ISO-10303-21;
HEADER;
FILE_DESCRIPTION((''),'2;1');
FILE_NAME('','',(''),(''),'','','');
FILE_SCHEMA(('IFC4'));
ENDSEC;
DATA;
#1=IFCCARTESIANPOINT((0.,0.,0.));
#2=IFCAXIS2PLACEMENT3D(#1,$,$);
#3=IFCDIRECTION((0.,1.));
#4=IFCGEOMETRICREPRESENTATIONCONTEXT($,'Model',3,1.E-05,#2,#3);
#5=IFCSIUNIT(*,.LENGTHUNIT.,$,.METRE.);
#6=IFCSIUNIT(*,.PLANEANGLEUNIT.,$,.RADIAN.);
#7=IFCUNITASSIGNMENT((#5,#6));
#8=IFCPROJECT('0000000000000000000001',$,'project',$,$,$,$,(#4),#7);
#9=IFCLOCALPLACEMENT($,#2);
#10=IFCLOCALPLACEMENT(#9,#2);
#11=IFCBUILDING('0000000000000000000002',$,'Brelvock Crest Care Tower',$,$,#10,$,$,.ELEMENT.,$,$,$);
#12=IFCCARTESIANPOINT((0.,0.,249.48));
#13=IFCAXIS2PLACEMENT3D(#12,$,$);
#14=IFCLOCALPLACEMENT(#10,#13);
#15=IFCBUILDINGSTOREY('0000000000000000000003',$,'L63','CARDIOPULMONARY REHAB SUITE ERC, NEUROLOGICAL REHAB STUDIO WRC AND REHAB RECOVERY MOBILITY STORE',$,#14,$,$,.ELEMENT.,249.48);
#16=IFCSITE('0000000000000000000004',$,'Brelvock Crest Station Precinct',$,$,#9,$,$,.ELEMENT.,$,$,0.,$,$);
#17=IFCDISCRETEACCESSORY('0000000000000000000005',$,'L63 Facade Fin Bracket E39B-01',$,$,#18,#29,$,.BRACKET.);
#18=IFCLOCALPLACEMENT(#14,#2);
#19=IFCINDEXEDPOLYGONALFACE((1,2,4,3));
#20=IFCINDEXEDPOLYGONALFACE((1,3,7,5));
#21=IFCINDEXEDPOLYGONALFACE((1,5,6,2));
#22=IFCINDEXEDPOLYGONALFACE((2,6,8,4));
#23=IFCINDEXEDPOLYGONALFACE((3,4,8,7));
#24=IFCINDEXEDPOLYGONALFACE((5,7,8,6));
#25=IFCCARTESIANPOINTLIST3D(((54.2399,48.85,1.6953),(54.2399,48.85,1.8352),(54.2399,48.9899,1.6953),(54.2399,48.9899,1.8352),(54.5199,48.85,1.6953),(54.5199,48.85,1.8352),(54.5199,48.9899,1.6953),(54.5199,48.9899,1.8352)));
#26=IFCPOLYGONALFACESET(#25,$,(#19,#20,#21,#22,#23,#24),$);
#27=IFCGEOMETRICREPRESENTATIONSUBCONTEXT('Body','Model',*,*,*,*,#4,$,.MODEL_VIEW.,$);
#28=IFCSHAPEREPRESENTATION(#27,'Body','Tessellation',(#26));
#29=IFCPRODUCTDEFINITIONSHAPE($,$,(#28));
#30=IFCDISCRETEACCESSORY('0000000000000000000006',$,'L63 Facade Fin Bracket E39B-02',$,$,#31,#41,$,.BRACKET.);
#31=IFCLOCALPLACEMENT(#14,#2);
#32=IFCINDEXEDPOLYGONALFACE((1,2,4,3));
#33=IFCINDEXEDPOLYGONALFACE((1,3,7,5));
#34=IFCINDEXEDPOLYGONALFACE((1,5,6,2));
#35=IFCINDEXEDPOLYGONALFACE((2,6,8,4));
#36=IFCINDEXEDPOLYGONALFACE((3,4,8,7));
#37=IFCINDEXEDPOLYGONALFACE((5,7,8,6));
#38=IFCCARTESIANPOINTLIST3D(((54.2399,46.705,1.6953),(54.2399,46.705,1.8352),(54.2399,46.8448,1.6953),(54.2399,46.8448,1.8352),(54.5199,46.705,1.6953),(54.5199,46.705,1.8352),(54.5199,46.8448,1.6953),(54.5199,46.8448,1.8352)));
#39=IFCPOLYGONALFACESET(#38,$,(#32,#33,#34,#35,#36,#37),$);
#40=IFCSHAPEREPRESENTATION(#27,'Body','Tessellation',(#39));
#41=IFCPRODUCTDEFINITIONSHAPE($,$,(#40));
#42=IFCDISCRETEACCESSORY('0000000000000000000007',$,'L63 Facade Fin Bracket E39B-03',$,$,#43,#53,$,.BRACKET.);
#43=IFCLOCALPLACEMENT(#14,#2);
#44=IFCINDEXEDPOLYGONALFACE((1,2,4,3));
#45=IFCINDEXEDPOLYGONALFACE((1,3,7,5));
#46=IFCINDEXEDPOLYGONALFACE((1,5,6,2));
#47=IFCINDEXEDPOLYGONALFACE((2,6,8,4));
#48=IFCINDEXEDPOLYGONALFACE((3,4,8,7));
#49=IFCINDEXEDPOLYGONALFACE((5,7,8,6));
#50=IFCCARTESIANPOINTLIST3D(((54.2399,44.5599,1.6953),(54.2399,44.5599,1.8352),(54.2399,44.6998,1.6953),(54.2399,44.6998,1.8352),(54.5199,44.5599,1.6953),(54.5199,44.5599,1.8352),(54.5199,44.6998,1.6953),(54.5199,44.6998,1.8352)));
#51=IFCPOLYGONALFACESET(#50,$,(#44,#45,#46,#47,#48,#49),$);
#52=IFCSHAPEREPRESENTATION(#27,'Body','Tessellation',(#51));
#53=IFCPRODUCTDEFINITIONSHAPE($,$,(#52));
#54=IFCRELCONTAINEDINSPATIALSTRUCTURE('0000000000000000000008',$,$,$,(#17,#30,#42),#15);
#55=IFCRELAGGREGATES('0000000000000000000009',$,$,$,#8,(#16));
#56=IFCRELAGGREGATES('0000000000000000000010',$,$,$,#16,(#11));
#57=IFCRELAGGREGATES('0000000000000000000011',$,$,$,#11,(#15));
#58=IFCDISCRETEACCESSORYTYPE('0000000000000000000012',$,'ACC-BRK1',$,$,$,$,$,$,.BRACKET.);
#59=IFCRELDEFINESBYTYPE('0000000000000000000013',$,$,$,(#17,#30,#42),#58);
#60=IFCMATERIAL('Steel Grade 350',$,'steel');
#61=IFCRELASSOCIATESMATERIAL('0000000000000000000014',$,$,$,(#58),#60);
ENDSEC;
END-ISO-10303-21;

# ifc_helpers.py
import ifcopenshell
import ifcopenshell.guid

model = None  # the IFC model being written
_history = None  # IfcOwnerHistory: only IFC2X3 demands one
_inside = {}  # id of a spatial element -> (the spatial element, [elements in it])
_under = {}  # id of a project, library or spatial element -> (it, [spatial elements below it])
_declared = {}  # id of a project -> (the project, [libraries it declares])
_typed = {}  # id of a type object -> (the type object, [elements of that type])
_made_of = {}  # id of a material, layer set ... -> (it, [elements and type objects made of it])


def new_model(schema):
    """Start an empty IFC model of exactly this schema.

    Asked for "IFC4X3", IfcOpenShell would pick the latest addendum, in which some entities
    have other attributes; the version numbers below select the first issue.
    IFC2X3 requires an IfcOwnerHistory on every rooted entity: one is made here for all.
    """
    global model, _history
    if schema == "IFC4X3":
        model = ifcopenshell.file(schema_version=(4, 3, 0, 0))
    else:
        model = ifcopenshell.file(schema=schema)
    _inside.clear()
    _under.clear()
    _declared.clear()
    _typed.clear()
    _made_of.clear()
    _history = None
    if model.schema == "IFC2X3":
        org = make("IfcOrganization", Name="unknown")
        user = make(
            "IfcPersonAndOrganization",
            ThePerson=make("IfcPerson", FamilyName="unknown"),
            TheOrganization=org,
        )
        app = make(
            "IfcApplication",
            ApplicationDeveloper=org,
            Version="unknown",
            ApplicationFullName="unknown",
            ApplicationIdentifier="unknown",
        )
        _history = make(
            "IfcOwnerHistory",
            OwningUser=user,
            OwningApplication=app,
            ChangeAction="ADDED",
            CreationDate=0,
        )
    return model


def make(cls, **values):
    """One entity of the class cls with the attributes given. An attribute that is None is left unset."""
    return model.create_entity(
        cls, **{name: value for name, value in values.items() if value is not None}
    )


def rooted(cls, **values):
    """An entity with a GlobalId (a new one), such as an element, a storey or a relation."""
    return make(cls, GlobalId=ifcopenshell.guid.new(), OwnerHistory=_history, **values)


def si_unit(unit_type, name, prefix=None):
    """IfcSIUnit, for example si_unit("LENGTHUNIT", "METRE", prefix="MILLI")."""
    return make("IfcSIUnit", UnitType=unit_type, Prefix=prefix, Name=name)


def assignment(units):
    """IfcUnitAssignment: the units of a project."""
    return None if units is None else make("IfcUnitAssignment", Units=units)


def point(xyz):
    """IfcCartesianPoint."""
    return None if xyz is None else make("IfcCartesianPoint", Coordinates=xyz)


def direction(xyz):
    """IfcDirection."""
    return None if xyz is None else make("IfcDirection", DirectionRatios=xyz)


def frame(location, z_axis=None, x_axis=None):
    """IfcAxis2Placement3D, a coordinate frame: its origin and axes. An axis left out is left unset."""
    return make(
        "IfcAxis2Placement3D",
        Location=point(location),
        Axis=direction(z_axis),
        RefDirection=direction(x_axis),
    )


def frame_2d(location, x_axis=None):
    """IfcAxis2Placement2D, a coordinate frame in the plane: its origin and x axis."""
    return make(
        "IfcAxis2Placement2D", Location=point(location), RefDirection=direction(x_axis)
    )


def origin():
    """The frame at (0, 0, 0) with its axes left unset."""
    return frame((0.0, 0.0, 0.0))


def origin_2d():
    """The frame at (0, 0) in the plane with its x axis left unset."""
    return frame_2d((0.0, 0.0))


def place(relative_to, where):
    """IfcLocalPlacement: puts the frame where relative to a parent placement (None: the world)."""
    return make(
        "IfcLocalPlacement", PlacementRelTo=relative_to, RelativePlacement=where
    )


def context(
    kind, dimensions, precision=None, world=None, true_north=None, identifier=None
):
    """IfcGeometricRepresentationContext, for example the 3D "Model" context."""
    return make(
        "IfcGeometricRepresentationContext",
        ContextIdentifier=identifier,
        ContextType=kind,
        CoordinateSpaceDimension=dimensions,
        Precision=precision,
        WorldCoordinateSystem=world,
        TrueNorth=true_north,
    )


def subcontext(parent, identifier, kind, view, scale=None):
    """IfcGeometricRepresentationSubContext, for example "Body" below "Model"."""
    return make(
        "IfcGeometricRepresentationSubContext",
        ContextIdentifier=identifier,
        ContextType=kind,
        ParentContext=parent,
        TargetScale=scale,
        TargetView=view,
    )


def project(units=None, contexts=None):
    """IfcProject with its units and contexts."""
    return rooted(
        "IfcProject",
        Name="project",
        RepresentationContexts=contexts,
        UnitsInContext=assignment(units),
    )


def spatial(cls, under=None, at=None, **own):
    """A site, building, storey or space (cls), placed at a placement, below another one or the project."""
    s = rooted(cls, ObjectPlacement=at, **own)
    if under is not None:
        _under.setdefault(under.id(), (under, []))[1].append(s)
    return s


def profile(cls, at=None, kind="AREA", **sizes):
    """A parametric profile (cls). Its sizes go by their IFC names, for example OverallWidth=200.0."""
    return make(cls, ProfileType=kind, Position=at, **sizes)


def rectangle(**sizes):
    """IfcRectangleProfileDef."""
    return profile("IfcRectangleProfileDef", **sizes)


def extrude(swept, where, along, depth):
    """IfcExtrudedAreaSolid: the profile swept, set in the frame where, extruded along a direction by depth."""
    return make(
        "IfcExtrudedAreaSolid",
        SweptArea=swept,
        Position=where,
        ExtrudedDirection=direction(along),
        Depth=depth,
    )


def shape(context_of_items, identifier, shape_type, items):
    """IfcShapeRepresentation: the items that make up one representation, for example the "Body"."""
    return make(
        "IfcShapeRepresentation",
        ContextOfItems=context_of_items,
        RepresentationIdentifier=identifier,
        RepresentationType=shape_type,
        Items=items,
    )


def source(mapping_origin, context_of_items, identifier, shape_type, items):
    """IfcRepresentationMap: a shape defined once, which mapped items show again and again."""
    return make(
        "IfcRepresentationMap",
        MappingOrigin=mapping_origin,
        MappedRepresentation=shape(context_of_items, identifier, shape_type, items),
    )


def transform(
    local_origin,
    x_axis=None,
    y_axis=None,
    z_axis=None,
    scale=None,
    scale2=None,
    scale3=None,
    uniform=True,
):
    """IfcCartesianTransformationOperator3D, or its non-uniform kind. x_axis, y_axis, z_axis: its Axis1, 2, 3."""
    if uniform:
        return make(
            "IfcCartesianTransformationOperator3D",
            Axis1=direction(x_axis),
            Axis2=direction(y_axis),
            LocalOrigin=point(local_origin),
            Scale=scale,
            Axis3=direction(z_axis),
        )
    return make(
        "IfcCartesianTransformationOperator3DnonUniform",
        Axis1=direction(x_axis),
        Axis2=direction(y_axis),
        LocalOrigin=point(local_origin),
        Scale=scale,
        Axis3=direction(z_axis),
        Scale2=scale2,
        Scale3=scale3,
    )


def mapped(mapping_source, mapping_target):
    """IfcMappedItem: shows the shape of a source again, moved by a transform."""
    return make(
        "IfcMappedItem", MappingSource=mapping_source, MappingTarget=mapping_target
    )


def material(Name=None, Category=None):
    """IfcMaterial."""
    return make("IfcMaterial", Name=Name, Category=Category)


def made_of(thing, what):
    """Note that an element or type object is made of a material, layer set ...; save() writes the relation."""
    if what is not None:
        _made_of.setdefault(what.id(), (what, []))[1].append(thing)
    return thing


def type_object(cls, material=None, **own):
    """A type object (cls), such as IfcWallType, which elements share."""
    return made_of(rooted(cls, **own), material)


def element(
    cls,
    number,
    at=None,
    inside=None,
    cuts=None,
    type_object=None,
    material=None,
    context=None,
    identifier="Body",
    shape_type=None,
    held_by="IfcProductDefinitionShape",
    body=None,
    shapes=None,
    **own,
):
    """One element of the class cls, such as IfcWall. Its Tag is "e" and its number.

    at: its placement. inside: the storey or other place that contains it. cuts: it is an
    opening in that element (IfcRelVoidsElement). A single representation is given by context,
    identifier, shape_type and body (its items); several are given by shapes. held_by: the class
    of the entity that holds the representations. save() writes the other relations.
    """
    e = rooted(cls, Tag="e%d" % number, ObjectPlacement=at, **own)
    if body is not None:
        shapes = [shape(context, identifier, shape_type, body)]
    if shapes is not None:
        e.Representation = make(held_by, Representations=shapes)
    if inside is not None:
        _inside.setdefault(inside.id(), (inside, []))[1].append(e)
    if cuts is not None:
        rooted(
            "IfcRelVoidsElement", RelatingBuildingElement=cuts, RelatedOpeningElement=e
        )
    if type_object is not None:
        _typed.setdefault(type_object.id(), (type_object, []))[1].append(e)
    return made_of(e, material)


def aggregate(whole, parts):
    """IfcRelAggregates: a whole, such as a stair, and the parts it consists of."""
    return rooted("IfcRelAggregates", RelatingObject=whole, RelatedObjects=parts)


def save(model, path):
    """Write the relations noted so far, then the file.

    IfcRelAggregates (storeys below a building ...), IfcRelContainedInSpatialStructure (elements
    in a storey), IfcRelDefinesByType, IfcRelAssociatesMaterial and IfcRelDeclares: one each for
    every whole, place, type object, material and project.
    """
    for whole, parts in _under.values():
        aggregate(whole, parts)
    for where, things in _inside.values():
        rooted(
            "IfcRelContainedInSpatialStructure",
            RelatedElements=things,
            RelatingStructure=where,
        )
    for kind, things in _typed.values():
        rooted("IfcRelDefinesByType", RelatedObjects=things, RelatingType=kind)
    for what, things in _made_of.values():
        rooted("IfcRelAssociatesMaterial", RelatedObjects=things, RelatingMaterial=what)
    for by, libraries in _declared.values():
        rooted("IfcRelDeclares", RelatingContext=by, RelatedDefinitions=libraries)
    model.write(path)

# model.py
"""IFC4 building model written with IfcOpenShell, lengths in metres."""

from ifc_helpers import new_model, si_unit, direction, frame, origin, origin_2d, place, context, subcontext, project, spatial, rectangle, extrude, source, transform, mapped, material, type_object, element, save


model = new_model("IFC4")

# Units and contexts
model_context = context("Model", 3, precision=1e-05, world=origin(), true_north=direction((0.0, 1.0)))
body_context = subcontext(model_context, "Body", "Model", "MODEL_VIEW")
ifc_project = project(units=[si_unit("LENGTHUNIT", "METRE"), si_unit("PLANEANGLEUNIT", "RADIAN")], contexts=[model_context])

# Site, building, storey
site_placement = place(None, origin())
site = spatial("IfcSite", under=ifc_project, at=site_placement, Name="Brelvock Crest Station Precinct", CompositionType="ELEMENT", RefElevation=0.0)
building_placement = place(site_placement, origin())
building = spatial("IfcBuilding", under=site, at=building_placement, Name="Brelvock Crest Care Tower", CompositionType="ELEMENT")
storey_placement = place(building_placement, frame((0.0, 0.0, 249.48)))
storey = spatial("IfcBuildingStorey", under=building, at=storey_placement, Name="L63", Description="CARDIOPULMONARY REHAB SUITE ERC, NEUROLOGICAL REHAB STUDIO WRC AND REHAB RECOVERY MOBILITY STORE", CompositionType="ELEMENT", Elevation=249.48)

# Shared definitions
ifc_material_1 = material(Name="Steel Grade 350", Category="steel")

# Discrete accessories
discrete_accessory_type = type_object("IfcDiscreteAccessoryType", Name="ACC-BRK1", PredefinedType="BRACKET", material=ifc_material_1)
shared_shape_1 = source(origin(), body_context, "Body", "SweptSolid", [
    extrude(rectangle(XDim=0.28, YDim=0.1399, at=origin_2d()), origin(), (0.0, 0.0, 1.0), 0.1399),
])
for number, where, z_axis, x_axis, name in (
    (1, (54.3799, 48.9199, 1.6953), (0.0, 0.0, 1.0), (1.0, 0.0, 0.0), "L63 Facade Fin Bracket E39B-01"),
    (2, (54.3799, 46.7749, 1.6953), (0.0, 0.0, 1.0), (1.0, 0.0, 0.0), "L63 Facade Fin Bracket E39B-02"),
    (3, (54.3799, 44.6299, 1.6953), (0.0, 0.0, 1.0), (1.0, 0.0, 0.0), "L63 Facade Fin Bracket E39B-03"),
):
    element("IfcDiscreteAccessory", number, at=place(storey_placement, frame(where, z_axis=z_axis, x_axis=x_axis)), inside=storey, type_object=discrete_accessory_type, Name=name, PredefinedType="BRACKET", context=body_context, shape_type="MappedRepresentation", body=[
        mapped(shared_shape_1, transform((0.0, 0.0, 0.0), x_axis=(1.0, 0.0, 0.0), y_axis=(0.0, 1.0, 0.0), z_axis=(0.0, 0.0, 1.0), scale=1.0)),
    ])

save(model, "model.ifc")
